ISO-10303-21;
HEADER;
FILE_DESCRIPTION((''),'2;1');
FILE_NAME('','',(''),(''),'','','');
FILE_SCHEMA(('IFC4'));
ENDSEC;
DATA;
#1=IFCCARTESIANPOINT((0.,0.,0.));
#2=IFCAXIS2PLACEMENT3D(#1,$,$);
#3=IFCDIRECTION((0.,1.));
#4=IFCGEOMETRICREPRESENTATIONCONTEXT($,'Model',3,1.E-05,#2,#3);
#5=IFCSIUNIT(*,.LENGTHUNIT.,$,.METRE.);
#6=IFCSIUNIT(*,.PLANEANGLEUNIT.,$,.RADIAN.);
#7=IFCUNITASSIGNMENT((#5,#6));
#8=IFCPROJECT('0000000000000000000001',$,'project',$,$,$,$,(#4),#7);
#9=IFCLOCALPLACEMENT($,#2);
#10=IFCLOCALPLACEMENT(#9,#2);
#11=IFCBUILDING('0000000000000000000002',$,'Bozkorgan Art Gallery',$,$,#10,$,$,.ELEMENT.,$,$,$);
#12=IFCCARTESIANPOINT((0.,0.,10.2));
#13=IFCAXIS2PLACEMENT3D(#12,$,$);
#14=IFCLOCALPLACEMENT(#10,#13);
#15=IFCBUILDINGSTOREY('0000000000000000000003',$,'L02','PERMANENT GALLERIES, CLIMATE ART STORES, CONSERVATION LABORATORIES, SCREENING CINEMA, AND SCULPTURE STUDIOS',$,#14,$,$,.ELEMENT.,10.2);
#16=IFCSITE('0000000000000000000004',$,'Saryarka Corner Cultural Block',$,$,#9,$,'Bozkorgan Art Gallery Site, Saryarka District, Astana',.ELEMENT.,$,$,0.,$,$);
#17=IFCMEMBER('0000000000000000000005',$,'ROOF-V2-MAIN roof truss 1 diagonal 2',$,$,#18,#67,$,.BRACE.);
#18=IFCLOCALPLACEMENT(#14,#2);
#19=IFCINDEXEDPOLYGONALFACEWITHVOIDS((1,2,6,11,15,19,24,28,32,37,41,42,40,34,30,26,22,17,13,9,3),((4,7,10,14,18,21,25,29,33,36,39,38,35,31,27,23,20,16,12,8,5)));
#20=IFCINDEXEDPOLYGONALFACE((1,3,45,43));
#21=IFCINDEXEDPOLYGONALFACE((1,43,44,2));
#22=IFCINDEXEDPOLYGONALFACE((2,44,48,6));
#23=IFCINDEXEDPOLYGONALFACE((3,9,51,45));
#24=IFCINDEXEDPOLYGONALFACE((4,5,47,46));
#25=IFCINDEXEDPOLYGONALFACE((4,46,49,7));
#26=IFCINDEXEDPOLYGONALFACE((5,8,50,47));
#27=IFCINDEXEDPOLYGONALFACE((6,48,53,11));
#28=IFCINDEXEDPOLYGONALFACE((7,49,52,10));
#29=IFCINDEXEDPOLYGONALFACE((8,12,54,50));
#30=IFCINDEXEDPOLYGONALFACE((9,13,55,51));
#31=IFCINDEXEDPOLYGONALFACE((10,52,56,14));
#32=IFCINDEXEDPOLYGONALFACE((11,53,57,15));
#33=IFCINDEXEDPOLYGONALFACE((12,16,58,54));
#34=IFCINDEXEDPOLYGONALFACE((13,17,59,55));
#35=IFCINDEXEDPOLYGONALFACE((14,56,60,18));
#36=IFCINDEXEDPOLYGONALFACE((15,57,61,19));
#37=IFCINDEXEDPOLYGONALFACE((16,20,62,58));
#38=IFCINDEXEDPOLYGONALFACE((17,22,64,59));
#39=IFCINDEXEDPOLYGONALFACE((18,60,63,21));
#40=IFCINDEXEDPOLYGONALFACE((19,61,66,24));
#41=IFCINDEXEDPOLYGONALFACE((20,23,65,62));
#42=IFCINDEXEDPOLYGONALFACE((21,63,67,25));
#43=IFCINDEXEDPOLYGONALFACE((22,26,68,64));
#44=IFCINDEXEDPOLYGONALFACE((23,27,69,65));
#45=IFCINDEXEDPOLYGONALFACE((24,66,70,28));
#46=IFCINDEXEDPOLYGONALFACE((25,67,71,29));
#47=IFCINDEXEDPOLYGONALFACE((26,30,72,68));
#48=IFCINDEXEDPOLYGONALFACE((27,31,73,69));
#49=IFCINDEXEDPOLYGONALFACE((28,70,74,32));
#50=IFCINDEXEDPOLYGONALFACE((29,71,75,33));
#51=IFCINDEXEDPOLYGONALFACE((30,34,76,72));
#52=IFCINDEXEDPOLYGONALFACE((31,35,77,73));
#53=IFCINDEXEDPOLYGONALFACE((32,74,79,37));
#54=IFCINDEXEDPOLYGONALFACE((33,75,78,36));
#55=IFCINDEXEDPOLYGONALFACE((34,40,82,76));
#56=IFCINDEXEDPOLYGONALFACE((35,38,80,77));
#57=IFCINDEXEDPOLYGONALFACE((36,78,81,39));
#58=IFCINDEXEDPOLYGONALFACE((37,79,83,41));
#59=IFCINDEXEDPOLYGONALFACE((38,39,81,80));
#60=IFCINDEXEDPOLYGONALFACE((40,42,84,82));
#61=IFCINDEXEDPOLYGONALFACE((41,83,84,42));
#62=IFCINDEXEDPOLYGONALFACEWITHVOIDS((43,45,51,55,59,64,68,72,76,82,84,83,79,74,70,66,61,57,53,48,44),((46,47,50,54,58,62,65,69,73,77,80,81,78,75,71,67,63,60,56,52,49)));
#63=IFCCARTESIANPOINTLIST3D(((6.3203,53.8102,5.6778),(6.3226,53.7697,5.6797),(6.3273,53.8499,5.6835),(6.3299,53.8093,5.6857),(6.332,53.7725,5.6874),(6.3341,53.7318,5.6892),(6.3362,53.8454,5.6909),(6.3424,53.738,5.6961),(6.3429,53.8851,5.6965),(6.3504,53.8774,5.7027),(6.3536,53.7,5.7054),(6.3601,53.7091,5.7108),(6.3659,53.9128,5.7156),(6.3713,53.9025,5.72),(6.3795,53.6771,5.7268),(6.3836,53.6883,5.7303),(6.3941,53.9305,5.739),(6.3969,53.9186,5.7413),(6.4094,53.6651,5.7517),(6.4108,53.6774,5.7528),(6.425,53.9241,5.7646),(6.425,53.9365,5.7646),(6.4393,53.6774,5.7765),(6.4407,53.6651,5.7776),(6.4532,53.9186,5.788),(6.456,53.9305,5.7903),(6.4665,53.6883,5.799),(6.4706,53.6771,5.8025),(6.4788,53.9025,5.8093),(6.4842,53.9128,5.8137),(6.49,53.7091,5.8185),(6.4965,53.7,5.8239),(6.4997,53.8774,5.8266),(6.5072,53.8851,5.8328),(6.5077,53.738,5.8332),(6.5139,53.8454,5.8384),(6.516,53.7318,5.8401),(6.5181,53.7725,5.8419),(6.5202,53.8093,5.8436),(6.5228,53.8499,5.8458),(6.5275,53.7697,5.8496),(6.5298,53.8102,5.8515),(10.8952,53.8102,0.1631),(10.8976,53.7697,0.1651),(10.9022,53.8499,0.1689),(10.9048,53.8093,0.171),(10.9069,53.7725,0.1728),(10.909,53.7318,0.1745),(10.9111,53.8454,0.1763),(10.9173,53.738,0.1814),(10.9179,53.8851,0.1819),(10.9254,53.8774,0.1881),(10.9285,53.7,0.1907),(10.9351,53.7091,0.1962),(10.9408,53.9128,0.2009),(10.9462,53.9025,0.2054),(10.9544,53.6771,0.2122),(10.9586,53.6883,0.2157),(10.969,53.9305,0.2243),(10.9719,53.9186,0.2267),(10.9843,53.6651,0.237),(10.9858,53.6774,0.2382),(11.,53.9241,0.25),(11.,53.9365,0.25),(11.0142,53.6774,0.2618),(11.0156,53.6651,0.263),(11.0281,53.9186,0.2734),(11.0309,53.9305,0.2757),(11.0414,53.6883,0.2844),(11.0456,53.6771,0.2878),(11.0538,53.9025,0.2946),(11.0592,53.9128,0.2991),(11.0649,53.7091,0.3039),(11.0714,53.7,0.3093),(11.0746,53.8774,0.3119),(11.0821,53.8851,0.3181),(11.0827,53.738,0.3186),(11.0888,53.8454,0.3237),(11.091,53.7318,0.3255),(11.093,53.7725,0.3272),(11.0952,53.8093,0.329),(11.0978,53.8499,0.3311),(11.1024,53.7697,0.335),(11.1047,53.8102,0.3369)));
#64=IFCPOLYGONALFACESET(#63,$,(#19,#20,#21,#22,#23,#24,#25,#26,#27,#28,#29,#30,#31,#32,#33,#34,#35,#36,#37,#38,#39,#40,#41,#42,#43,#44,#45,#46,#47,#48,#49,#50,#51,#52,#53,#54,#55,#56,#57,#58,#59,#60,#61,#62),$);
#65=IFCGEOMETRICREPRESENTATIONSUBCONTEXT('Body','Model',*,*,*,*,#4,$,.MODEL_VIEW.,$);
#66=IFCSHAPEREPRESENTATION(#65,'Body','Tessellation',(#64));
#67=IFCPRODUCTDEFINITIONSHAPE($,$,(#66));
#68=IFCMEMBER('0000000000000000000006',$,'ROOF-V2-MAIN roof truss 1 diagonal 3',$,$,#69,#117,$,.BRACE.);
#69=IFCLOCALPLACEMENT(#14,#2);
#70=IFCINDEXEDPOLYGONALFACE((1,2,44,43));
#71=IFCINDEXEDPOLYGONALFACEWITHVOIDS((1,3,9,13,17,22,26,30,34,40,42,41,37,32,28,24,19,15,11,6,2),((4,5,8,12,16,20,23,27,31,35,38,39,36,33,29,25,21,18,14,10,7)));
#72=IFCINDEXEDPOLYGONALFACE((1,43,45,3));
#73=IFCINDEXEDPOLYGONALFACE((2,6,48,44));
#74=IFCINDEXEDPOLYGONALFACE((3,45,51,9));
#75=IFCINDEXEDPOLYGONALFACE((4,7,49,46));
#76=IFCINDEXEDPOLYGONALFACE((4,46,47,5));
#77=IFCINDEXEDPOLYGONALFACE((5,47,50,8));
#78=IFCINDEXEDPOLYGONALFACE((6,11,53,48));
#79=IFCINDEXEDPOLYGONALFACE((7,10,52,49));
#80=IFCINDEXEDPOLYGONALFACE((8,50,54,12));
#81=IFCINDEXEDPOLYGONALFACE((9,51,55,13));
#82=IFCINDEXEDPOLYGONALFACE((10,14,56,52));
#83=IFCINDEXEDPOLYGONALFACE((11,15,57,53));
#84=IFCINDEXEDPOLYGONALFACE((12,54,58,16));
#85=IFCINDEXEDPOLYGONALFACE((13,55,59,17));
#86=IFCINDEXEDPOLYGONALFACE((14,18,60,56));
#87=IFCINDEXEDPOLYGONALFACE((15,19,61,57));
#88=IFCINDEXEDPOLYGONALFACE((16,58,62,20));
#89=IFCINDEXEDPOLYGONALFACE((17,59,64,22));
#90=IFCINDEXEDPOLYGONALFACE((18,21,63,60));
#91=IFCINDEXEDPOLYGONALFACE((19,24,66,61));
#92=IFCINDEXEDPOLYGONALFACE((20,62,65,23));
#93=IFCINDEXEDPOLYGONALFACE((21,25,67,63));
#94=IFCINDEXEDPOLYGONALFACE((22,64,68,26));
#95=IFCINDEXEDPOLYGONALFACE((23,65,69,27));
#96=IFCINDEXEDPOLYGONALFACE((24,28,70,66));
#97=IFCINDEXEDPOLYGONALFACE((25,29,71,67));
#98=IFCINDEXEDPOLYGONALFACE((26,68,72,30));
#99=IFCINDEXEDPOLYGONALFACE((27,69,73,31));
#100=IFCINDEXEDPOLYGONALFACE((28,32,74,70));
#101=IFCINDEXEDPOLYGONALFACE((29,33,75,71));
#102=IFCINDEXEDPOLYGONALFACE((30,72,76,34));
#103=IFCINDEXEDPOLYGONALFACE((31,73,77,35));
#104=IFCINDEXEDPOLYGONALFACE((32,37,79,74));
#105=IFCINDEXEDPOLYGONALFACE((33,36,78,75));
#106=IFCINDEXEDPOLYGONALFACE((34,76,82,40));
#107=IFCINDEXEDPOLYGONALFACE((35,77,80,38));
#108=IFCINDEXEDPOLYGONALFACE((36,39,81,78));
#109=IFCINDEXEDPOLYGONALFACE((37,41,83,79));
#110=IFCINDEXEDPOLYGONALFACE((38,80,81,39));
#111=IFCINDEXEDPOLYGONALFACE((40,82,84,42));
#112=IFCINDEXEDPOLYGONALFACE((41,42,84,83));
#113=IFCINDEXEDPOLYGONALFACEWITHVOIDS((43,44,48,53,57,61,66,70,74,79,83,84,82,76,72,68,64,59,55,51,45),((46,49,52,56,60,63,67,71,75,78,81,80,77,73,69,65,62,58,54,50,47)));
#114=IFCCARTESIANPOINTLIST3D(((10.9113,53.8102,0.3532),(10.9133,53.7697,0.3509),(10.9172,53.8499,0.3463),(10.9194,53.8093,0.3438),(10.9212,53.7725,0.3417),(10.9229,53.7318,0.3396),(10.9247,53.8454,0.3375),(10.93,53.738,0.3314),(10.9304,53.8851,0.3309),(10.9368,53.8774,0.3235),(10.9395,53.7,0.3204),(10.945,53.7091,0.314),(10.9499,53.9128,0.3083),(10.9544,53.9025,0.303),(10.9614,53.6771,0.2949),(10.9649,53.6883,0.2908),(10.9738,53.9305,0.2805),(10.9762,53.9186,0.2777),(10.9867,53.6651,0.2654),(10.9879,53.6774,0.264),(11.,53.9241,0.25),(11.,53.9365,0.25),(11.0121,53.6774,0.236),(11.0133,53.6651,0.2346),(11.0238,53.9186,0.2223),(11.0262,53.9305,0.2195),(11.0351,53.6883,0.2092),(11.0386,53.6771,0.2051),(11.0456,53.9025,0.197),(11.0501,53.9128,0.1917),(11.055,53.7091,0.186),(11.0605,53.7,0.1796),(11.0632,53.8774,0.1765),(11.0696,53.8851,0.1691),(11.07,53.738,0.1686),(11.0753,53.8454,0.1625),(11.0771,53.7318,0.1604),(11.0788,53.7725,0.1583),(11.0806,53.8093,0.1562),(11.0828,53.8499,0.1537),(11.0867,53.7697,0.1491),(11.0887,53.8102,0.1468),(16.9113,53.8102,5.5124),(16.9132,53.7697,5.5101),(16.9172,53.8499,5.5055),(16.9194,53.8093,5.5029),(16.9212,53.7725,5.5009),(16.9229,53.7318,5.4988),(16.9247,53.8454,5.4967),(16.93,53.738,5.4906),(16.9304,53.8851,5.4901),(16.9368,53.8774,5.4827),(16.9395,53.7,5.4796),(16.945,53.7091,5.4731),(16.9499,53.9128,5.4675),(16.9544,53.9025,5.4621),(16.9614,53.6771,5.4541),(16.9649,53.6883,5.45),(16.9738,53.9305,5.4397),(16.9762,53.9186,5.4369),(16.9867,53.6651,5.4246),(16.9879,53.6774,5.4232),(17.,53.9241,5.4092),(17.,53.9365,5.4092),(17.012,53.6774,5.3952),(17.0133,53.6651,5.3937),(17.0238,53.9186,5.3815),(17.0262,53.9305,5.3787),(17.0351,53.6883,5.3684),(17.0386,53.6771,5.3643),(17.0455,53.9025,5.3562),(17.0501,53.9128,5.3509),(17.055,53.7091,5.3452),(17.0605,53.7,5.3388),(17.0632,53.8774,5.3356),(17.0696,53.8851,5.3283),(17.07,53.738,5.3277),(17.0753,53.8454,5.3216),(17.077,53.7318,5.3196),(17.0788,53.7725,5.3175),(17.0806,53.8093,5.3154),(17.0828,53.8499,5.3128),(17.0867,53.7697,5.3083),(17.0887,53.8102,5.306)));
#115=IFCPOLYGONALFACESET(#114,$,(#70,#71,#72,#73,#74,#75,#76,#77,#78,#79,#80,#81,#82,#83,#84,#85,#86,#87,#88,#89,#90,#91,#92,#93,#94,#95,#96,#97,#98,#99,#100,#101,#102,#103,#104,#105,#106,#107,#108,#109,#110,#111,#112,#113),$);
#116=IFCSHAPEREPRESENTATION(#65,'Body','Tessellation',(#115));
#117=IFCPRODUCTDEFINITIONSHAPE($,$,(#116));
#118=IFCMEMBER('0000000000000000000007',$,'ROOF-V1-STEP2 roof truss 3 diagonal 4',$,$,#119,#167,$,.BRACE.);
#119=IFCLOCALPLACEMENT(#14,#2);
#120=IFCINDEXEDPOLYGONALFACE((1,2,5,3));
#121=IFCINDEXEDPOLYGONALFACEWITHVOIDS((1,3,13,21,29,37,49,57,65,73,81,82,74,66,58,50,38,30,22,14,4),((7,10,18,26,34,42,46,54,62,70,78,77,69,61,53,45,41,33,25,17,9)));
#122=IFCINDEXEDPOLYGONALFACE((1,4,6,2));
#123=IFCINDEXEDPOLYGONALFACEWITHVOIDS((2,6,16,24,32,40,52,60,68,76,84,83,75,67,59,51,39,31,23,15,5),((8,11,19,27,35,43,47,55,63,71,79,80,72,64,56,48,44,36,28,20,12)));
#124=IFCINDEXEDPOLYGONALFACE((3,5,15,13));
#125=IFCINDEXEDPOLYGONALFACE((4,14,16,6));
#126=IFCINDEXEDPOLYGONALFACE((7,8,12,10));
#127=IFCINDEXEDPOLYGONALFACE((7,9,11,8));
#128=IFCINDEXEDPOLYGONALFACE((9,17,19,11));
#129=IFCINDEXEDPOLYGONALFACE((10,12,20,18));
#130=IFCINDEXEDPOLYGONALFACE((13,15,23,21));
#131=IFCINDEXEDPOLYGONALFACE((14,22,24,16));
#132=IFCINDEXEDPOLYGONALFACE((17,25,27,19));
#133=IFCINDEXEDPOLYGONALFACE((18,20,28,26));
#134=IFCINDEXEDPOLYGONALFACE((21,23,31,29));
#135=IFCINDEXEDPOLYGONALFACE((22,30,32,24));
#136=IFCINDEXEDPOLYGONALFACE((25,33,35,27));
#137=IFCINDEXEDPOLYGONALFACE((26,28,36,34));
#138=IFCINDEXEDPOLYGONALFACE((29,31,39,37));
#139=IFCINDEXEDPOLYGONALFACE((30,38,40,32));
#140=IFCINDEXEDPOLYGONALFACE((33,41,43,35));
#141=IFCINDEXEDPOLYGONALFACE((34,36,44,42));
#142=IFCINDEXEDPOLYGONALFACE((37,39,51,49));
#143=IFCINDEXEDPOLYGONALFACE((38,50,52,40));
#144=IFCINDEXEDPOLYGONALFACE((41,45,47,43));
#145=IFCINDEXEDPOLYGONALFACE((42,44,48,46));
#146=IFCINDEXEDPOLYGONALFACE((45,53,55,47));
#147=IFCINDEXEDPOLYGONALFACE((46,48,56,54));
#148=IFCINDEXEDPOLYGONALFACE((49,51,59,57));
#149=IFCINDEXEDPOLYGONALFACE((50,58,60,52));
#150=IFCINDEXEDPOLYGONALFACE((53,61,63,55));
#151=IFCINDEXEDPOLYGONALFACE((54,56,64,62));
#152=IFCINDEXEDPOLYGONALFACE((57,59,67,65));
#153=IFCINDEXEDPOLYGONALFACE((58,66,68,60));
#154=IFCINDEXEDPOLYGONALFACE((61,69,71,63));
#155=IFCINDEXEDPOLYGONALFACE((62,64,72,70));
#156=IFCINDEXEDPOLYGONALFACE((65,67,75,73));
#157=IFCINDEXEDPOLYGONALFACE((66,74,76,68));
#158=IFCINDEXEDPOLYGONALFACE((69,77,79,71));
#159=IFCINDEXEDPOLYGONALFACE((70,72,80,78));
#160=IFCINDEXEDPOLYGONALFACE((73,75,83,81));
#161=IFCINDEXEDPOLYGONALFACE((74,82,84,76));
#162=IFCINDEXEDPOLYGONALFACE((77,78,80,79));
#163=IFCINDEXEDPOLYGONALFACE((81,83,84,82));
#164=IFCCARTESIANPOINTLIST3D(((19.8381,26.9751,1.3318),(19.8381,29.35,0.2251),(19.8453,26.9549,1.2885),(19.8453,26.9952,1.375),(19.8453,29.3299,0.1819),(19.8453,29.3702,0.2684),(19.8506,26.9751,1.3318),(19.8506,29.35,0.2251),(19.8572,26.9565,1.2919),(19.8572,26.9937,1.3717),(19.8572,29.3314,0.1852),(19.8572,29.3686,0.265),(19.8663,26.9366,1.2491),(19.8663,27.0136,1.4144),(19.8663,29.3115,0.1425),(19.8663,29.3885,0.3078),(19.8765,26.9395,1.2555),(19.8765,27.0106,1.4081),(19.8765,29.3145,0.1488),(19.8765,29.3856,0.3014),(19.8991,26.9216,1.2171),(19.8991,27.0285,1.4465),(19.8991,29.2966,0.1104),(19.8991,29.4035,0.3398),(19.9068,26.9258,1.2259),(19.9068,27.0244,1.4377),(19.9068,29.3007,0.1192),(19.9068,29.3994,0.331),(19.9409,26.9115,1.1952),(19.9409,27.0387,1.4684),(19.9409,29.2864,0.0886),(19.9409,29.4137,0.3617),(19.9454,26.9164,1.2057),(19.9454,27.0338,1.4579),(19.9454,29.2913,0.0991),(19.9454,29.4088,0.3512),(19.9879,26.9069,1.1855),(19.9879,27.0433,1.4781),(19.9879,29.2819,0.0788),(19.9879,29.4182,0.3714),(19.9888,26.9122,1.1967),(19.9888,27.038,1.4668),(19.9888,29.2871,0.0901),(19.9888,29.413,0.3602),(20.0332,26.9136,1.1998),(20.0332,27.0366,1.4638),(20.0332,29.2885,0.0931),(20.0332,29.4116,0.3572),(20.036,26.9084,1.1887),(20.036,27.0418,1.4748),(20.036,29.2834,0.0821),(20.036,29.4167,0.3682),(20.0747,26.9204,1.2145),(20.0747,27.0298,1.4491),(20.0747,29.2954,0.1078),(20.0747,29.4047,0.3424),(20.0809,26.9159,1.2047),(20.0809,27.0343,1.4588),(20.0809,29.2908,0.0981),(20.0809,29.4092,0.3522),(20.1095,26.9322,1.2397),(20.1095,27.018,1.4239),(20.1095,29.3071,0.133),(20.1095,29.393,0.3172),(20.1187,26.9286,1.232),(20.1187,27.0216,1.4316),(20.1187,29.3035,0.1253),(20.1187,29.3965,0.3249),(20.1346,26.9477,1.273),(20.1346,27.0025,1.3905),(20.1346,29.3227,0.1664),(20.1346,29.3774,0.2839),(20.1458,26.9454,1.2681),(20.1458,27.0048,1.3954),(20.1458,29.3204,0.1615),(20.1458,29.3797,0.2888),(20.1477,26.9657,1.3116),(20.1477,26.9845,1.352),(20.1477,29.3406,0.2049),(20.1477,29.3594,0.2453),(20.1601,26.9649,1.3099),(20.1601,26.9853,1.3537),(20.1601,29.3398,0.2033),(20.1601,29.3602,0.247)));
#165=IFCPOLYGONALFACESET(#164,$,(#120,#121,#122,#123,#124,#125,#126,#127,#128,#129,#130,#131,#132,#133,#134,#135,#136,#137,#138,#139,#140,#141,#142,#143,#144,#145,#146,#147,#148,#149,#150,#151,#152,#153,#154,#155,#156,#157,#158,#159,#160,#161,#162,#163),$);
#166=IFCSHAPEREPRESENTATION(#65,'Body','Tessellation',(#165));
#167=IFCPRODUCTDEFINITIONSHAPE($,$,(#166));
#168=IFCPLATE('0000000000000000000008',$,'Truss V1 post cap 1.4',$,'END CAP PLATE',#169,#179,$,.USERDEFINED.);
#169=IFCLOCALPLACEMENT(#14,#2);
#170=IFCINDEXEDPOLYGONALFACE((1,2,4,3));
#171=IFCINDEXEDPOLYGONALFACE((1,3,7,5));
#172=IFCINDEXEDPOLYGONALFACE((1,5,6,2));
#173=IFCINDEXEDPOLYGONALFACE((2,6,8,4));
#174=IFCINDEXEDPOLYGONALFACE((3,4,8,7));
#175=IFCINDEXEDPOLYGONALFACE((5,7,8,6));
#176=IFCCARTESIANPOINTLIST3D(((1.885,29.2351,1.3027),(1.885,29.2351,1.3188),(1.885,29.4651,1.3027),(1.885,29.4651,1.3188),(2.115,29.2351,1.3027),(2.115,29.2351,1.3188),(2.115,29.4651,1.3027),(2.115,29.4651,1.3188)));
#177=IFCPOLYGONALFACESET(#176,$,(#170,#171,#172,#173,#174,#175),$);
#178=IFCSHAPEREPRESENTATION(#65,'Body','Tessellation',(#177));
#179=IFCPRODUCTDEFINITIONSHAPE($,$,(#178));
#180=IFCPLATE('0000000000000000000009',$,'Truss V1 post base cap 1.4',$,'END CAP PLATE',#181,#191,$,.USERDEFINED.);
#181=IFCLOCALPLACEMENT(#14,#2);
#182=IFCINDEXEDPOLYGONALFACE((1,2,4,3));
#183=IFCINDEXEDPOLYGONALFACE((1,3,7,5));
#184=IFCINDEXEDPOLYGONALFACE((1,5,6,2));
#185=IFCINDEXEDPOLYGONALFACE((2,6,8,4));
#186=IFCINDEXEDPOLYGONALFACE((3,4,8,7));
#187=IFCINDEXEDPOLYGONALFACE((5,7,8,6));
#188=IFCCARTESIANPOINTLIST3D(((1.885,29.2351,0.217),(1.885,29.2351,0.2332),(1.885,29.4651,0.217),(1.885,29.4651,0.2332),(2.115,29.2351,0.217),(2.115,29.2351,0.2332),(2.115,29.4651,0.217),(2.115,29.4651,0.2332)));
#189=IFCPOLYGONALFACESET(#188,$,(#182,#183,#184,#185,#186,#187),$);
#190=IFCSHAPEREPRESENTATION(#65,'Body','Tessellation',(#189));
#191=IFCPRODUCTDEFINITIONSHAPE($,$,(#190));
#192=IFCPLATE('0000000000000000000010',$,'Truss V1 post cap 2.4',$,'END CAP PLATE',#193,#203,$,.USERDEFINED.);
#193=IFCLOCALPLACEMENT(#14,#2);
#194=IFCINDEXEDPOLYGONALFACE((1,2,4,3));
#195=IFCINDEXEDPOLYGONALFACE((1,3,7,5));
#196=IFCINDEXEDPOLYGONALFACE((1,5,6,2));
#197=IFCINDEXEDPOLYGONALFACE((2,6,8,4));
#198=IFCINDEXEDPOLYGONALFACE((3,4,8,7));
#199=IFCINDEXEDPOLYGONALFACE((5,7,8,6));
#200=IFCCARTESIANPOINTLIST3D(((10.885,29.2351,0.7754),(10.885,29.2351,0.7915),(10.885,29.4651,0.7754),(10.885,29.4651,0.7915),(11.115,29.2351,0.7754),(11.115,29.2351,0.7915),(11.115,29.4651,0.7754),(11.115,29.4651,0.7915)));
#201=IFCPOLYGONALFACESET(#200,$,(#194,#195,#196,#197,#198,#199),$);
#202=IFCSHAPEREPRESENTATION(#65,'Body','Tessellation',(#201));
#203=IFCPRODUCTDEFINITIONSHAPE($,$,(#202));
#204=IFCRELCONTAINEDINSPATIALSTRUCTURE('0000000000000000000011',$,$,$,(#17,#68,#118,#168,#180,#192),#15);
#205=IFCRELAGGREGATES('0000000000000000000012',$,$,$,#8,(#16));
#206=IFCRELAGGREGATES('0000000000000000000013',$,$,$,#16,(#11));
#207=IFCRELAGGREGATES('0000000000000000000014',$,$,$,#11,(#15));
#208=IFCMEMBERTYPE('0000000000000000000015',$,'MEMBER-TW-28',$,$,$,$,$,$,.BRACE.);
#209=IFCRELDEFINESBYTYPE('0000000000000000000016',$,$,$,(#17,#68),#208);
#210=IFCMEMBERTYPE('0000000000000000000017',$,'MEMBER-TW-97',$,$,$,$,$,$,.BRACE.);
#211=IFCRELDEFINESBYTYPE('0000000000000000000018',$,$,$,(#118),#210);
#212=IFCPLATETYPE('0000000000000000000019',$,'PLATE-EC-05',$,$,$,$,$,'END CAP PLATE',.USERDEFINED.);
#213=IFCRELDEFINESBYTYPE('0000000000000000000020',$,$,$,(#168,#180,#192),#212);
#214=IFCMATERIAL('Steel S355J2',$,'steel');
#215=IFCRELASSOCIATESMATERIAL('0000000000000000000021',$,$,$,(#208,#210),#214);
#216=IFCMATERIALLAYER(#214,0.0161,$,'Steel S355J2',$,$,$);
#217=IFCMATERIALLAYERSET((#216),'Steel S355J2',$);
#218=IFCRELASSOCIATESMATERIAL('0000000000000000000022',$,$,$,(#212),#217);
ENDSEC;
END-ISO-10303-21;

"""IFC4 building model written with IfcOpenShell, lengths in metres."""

from ifc_helpers import new_model, si_unit, direction, frame, origin, origin_2d, place, context, subcontext, project, spatial, rectangle, hollow_circle, extrude, material, layer, layer_set, material_profile, profile_set, type_object, element, save


model = new_model("IFC4")

# Units and contexts
model_context = context("Model", 3, precision=1e-05, world=origin(), true_north=direction((0.0, 1.0)))
body_context = subcontext(model_context, "Body", "Model", "MODEL_VIEW")
ifc_project = project(units=[si_unit("LENGTHUNIT", "METRE"), si_unit("PLANEANGLEUNIT", "RADIAN")], contexts=[model_context])

# Site, building, storey
site_placement = place(None, origin())
site = spatial("IfcSite", under=ifc_project, at=site_placement, Name="Saryarka Corner Cultural Block", LongName="Bozkorgan Art Gallery Site, Saryarka District, Astana", CompositionType="ELEMENT", RefElevation=0.0)
building_placement = place(site_placement, origin())
building = spatial("IfcBuilding", under=site, at=building_placement, Name="Bozkorgan Art Gallery", CompositionType="ELEMENT")
storey_placement = place(building_placement, frame((0.0, 0.0, 10.2)))
storey = spatial("IfcBuildingStorey", under=building, at=storey_placement, Name="L02", Description="PERMANENT GALLERIES, CLIMATE ART STORES, CONSERVATION LABORATORIES, SCREENING CINEMA, AND SCULPTURE STUDIOS", CompositionType="ELEMENT", Elevation=10.2)

# Shared definitions
ifc_material_1 = material(Name="Steel S355J2", Category="steel")

# Members
ifc_material_profile_1 = material_profile(ifc_material_1, hollow_circle(Radius=0.1365, WallThickness=0.0125, at=origin_2d()), Name="CHS 273x12.5")
ifc_profile_set_1 = profile_set([ifc_material_profile_1], Name="Steel S355J2")
member_type_1 = type_object("IfcMemberType", Name="MEMBER-TW-28", PredefinedType="BRACE", material=ifc_profile_set_1)
for number, where, z_axis, x_axis, name in (
    (1, (6.425, 53.8, 5.7646), (0.638487, 0.0, -0.769633), (0.0, 1.0, 0.0), "ROOF-V2-MAIN roof truss 1 diagonal 2"),
):
    element("IfcMember", number, at=place(storey_placement, frame(where, z_axis=z_axis, x_axis=x_axis)), inside=storey, type_object=member_type_1, Name=name, PredefinedType="BRACE", context=body_context, shape_type="SweptSolid", body=[
        extrude(hollow_circle(Radius=0.1365, WallThickness=0.0125, at=origin_2d()), origin(), (0.0, 0.0, 1.0), 7.1653),
    ])
member_1_placement = place(storey_placement, frame((11.0, 53.8, 0.25), z_axis=(0.758236, 0.0, 0.65198), x_axis=(0.0, 1.0, 0.0)))
element("IfcMember", 2, at=member_1_placement, inside=storey, type_object=member_type_1, Name="ROOF-V2-MAIN roof truss 1 diagonal 3", PredefinedType="BRACE", context=body_context, shape_type="SweptSolid", body=[
    extrude(hollow_circle(Radius=0.1365, WallThickness=0.0125, at=origin_2d()), origin(), (0.0, 0.0, 1.0), 7.9131),
])
ifc_material_profile_2 = material_profile(ifc_material_1, hollow_circle(Radius=0.1619, WallThickness=0.0125, at=origin_2d()), Name="CHS 323.9x12.5")
ifc_profile_set_2 = profile_set([ifc_material_profile_2], Name="Steel S355J2")
member_type_2 = type_object("IfcMemberType", Name="MEMBER-TW-97", PredefinedType="BRACE", material=ifc_profile_set_2)
member_2_placement = place(storey_placement, frame((20.0, 26.9751, 1.3318), z_axis=(0.0, 0.906423, -0.42237), x_axis=(-1.0, 0.0, 0.0)))
element("IfcMember", 3, at=member_2_placement, inside=storey, type_object=member_type_2, Name="ROOF-V1-STEP2 roof truss 3 diagonal 4", PredefinedType="BRACE", context=body_context, shape_type="SweptSolid", body=[
    extrude(hollow_circle(Radius=0.1619, WallThickness=0.0125, at=origin_2d()), origin(), (0.0, 0.0, 1.0), 2.6201),
])

# Plates
ifc_layer_1 = layer(ifc_material_1, 0.0161, Name="Steel S355J2")
ifc_layer_set_1 = layer_set([ifc_layer_1], Name="Steel S355J2")
plate_type_1 = type_object("IfcPlateType", Name="PLATE-EC-05", ElementType="END CAP PLATE", PredefinedType="USERDEFINED", material=ifc_layer_set_1)
for number, where, z_axis, x_axis, name in (
    (4, (2.0, 29.3501, 1.3027), (0.0, 0.0, 1.0), (1.0, 0.0, 0.0), "Truss V1 post cap 1.4"),
    (5, (2.0, 29.3501, 0.217), (0.0, 0.0, 1.0), (1.0, 0.0, 0.0), "Truss V1 post base cap 1.4"),
    (6, (11.0, 29.3501, 0.7754), (0.0, 0.0, 1.0), (1.0, 0.0, 0.0), "Truss V1 post cap 2.4"),
):
    element("IfcPlate", number, at=place(storey_placement, frame(where, z_axis=z_axis, x_axis=x_axis)), inside=storey, type_object=plate_type_1, Name=name, ObjectType="END CAP PLATE", PredefinedType="USERDEFINED", context=body_context, shape_type="SweptSolid", body=[
        extrude(rectangle(XDim=0.23, YDim=0.23, at=origin_2d()), origin(), (0.0, 0.0, 1.0), 0.0161),
    ])

save(model, "model.ifc")
